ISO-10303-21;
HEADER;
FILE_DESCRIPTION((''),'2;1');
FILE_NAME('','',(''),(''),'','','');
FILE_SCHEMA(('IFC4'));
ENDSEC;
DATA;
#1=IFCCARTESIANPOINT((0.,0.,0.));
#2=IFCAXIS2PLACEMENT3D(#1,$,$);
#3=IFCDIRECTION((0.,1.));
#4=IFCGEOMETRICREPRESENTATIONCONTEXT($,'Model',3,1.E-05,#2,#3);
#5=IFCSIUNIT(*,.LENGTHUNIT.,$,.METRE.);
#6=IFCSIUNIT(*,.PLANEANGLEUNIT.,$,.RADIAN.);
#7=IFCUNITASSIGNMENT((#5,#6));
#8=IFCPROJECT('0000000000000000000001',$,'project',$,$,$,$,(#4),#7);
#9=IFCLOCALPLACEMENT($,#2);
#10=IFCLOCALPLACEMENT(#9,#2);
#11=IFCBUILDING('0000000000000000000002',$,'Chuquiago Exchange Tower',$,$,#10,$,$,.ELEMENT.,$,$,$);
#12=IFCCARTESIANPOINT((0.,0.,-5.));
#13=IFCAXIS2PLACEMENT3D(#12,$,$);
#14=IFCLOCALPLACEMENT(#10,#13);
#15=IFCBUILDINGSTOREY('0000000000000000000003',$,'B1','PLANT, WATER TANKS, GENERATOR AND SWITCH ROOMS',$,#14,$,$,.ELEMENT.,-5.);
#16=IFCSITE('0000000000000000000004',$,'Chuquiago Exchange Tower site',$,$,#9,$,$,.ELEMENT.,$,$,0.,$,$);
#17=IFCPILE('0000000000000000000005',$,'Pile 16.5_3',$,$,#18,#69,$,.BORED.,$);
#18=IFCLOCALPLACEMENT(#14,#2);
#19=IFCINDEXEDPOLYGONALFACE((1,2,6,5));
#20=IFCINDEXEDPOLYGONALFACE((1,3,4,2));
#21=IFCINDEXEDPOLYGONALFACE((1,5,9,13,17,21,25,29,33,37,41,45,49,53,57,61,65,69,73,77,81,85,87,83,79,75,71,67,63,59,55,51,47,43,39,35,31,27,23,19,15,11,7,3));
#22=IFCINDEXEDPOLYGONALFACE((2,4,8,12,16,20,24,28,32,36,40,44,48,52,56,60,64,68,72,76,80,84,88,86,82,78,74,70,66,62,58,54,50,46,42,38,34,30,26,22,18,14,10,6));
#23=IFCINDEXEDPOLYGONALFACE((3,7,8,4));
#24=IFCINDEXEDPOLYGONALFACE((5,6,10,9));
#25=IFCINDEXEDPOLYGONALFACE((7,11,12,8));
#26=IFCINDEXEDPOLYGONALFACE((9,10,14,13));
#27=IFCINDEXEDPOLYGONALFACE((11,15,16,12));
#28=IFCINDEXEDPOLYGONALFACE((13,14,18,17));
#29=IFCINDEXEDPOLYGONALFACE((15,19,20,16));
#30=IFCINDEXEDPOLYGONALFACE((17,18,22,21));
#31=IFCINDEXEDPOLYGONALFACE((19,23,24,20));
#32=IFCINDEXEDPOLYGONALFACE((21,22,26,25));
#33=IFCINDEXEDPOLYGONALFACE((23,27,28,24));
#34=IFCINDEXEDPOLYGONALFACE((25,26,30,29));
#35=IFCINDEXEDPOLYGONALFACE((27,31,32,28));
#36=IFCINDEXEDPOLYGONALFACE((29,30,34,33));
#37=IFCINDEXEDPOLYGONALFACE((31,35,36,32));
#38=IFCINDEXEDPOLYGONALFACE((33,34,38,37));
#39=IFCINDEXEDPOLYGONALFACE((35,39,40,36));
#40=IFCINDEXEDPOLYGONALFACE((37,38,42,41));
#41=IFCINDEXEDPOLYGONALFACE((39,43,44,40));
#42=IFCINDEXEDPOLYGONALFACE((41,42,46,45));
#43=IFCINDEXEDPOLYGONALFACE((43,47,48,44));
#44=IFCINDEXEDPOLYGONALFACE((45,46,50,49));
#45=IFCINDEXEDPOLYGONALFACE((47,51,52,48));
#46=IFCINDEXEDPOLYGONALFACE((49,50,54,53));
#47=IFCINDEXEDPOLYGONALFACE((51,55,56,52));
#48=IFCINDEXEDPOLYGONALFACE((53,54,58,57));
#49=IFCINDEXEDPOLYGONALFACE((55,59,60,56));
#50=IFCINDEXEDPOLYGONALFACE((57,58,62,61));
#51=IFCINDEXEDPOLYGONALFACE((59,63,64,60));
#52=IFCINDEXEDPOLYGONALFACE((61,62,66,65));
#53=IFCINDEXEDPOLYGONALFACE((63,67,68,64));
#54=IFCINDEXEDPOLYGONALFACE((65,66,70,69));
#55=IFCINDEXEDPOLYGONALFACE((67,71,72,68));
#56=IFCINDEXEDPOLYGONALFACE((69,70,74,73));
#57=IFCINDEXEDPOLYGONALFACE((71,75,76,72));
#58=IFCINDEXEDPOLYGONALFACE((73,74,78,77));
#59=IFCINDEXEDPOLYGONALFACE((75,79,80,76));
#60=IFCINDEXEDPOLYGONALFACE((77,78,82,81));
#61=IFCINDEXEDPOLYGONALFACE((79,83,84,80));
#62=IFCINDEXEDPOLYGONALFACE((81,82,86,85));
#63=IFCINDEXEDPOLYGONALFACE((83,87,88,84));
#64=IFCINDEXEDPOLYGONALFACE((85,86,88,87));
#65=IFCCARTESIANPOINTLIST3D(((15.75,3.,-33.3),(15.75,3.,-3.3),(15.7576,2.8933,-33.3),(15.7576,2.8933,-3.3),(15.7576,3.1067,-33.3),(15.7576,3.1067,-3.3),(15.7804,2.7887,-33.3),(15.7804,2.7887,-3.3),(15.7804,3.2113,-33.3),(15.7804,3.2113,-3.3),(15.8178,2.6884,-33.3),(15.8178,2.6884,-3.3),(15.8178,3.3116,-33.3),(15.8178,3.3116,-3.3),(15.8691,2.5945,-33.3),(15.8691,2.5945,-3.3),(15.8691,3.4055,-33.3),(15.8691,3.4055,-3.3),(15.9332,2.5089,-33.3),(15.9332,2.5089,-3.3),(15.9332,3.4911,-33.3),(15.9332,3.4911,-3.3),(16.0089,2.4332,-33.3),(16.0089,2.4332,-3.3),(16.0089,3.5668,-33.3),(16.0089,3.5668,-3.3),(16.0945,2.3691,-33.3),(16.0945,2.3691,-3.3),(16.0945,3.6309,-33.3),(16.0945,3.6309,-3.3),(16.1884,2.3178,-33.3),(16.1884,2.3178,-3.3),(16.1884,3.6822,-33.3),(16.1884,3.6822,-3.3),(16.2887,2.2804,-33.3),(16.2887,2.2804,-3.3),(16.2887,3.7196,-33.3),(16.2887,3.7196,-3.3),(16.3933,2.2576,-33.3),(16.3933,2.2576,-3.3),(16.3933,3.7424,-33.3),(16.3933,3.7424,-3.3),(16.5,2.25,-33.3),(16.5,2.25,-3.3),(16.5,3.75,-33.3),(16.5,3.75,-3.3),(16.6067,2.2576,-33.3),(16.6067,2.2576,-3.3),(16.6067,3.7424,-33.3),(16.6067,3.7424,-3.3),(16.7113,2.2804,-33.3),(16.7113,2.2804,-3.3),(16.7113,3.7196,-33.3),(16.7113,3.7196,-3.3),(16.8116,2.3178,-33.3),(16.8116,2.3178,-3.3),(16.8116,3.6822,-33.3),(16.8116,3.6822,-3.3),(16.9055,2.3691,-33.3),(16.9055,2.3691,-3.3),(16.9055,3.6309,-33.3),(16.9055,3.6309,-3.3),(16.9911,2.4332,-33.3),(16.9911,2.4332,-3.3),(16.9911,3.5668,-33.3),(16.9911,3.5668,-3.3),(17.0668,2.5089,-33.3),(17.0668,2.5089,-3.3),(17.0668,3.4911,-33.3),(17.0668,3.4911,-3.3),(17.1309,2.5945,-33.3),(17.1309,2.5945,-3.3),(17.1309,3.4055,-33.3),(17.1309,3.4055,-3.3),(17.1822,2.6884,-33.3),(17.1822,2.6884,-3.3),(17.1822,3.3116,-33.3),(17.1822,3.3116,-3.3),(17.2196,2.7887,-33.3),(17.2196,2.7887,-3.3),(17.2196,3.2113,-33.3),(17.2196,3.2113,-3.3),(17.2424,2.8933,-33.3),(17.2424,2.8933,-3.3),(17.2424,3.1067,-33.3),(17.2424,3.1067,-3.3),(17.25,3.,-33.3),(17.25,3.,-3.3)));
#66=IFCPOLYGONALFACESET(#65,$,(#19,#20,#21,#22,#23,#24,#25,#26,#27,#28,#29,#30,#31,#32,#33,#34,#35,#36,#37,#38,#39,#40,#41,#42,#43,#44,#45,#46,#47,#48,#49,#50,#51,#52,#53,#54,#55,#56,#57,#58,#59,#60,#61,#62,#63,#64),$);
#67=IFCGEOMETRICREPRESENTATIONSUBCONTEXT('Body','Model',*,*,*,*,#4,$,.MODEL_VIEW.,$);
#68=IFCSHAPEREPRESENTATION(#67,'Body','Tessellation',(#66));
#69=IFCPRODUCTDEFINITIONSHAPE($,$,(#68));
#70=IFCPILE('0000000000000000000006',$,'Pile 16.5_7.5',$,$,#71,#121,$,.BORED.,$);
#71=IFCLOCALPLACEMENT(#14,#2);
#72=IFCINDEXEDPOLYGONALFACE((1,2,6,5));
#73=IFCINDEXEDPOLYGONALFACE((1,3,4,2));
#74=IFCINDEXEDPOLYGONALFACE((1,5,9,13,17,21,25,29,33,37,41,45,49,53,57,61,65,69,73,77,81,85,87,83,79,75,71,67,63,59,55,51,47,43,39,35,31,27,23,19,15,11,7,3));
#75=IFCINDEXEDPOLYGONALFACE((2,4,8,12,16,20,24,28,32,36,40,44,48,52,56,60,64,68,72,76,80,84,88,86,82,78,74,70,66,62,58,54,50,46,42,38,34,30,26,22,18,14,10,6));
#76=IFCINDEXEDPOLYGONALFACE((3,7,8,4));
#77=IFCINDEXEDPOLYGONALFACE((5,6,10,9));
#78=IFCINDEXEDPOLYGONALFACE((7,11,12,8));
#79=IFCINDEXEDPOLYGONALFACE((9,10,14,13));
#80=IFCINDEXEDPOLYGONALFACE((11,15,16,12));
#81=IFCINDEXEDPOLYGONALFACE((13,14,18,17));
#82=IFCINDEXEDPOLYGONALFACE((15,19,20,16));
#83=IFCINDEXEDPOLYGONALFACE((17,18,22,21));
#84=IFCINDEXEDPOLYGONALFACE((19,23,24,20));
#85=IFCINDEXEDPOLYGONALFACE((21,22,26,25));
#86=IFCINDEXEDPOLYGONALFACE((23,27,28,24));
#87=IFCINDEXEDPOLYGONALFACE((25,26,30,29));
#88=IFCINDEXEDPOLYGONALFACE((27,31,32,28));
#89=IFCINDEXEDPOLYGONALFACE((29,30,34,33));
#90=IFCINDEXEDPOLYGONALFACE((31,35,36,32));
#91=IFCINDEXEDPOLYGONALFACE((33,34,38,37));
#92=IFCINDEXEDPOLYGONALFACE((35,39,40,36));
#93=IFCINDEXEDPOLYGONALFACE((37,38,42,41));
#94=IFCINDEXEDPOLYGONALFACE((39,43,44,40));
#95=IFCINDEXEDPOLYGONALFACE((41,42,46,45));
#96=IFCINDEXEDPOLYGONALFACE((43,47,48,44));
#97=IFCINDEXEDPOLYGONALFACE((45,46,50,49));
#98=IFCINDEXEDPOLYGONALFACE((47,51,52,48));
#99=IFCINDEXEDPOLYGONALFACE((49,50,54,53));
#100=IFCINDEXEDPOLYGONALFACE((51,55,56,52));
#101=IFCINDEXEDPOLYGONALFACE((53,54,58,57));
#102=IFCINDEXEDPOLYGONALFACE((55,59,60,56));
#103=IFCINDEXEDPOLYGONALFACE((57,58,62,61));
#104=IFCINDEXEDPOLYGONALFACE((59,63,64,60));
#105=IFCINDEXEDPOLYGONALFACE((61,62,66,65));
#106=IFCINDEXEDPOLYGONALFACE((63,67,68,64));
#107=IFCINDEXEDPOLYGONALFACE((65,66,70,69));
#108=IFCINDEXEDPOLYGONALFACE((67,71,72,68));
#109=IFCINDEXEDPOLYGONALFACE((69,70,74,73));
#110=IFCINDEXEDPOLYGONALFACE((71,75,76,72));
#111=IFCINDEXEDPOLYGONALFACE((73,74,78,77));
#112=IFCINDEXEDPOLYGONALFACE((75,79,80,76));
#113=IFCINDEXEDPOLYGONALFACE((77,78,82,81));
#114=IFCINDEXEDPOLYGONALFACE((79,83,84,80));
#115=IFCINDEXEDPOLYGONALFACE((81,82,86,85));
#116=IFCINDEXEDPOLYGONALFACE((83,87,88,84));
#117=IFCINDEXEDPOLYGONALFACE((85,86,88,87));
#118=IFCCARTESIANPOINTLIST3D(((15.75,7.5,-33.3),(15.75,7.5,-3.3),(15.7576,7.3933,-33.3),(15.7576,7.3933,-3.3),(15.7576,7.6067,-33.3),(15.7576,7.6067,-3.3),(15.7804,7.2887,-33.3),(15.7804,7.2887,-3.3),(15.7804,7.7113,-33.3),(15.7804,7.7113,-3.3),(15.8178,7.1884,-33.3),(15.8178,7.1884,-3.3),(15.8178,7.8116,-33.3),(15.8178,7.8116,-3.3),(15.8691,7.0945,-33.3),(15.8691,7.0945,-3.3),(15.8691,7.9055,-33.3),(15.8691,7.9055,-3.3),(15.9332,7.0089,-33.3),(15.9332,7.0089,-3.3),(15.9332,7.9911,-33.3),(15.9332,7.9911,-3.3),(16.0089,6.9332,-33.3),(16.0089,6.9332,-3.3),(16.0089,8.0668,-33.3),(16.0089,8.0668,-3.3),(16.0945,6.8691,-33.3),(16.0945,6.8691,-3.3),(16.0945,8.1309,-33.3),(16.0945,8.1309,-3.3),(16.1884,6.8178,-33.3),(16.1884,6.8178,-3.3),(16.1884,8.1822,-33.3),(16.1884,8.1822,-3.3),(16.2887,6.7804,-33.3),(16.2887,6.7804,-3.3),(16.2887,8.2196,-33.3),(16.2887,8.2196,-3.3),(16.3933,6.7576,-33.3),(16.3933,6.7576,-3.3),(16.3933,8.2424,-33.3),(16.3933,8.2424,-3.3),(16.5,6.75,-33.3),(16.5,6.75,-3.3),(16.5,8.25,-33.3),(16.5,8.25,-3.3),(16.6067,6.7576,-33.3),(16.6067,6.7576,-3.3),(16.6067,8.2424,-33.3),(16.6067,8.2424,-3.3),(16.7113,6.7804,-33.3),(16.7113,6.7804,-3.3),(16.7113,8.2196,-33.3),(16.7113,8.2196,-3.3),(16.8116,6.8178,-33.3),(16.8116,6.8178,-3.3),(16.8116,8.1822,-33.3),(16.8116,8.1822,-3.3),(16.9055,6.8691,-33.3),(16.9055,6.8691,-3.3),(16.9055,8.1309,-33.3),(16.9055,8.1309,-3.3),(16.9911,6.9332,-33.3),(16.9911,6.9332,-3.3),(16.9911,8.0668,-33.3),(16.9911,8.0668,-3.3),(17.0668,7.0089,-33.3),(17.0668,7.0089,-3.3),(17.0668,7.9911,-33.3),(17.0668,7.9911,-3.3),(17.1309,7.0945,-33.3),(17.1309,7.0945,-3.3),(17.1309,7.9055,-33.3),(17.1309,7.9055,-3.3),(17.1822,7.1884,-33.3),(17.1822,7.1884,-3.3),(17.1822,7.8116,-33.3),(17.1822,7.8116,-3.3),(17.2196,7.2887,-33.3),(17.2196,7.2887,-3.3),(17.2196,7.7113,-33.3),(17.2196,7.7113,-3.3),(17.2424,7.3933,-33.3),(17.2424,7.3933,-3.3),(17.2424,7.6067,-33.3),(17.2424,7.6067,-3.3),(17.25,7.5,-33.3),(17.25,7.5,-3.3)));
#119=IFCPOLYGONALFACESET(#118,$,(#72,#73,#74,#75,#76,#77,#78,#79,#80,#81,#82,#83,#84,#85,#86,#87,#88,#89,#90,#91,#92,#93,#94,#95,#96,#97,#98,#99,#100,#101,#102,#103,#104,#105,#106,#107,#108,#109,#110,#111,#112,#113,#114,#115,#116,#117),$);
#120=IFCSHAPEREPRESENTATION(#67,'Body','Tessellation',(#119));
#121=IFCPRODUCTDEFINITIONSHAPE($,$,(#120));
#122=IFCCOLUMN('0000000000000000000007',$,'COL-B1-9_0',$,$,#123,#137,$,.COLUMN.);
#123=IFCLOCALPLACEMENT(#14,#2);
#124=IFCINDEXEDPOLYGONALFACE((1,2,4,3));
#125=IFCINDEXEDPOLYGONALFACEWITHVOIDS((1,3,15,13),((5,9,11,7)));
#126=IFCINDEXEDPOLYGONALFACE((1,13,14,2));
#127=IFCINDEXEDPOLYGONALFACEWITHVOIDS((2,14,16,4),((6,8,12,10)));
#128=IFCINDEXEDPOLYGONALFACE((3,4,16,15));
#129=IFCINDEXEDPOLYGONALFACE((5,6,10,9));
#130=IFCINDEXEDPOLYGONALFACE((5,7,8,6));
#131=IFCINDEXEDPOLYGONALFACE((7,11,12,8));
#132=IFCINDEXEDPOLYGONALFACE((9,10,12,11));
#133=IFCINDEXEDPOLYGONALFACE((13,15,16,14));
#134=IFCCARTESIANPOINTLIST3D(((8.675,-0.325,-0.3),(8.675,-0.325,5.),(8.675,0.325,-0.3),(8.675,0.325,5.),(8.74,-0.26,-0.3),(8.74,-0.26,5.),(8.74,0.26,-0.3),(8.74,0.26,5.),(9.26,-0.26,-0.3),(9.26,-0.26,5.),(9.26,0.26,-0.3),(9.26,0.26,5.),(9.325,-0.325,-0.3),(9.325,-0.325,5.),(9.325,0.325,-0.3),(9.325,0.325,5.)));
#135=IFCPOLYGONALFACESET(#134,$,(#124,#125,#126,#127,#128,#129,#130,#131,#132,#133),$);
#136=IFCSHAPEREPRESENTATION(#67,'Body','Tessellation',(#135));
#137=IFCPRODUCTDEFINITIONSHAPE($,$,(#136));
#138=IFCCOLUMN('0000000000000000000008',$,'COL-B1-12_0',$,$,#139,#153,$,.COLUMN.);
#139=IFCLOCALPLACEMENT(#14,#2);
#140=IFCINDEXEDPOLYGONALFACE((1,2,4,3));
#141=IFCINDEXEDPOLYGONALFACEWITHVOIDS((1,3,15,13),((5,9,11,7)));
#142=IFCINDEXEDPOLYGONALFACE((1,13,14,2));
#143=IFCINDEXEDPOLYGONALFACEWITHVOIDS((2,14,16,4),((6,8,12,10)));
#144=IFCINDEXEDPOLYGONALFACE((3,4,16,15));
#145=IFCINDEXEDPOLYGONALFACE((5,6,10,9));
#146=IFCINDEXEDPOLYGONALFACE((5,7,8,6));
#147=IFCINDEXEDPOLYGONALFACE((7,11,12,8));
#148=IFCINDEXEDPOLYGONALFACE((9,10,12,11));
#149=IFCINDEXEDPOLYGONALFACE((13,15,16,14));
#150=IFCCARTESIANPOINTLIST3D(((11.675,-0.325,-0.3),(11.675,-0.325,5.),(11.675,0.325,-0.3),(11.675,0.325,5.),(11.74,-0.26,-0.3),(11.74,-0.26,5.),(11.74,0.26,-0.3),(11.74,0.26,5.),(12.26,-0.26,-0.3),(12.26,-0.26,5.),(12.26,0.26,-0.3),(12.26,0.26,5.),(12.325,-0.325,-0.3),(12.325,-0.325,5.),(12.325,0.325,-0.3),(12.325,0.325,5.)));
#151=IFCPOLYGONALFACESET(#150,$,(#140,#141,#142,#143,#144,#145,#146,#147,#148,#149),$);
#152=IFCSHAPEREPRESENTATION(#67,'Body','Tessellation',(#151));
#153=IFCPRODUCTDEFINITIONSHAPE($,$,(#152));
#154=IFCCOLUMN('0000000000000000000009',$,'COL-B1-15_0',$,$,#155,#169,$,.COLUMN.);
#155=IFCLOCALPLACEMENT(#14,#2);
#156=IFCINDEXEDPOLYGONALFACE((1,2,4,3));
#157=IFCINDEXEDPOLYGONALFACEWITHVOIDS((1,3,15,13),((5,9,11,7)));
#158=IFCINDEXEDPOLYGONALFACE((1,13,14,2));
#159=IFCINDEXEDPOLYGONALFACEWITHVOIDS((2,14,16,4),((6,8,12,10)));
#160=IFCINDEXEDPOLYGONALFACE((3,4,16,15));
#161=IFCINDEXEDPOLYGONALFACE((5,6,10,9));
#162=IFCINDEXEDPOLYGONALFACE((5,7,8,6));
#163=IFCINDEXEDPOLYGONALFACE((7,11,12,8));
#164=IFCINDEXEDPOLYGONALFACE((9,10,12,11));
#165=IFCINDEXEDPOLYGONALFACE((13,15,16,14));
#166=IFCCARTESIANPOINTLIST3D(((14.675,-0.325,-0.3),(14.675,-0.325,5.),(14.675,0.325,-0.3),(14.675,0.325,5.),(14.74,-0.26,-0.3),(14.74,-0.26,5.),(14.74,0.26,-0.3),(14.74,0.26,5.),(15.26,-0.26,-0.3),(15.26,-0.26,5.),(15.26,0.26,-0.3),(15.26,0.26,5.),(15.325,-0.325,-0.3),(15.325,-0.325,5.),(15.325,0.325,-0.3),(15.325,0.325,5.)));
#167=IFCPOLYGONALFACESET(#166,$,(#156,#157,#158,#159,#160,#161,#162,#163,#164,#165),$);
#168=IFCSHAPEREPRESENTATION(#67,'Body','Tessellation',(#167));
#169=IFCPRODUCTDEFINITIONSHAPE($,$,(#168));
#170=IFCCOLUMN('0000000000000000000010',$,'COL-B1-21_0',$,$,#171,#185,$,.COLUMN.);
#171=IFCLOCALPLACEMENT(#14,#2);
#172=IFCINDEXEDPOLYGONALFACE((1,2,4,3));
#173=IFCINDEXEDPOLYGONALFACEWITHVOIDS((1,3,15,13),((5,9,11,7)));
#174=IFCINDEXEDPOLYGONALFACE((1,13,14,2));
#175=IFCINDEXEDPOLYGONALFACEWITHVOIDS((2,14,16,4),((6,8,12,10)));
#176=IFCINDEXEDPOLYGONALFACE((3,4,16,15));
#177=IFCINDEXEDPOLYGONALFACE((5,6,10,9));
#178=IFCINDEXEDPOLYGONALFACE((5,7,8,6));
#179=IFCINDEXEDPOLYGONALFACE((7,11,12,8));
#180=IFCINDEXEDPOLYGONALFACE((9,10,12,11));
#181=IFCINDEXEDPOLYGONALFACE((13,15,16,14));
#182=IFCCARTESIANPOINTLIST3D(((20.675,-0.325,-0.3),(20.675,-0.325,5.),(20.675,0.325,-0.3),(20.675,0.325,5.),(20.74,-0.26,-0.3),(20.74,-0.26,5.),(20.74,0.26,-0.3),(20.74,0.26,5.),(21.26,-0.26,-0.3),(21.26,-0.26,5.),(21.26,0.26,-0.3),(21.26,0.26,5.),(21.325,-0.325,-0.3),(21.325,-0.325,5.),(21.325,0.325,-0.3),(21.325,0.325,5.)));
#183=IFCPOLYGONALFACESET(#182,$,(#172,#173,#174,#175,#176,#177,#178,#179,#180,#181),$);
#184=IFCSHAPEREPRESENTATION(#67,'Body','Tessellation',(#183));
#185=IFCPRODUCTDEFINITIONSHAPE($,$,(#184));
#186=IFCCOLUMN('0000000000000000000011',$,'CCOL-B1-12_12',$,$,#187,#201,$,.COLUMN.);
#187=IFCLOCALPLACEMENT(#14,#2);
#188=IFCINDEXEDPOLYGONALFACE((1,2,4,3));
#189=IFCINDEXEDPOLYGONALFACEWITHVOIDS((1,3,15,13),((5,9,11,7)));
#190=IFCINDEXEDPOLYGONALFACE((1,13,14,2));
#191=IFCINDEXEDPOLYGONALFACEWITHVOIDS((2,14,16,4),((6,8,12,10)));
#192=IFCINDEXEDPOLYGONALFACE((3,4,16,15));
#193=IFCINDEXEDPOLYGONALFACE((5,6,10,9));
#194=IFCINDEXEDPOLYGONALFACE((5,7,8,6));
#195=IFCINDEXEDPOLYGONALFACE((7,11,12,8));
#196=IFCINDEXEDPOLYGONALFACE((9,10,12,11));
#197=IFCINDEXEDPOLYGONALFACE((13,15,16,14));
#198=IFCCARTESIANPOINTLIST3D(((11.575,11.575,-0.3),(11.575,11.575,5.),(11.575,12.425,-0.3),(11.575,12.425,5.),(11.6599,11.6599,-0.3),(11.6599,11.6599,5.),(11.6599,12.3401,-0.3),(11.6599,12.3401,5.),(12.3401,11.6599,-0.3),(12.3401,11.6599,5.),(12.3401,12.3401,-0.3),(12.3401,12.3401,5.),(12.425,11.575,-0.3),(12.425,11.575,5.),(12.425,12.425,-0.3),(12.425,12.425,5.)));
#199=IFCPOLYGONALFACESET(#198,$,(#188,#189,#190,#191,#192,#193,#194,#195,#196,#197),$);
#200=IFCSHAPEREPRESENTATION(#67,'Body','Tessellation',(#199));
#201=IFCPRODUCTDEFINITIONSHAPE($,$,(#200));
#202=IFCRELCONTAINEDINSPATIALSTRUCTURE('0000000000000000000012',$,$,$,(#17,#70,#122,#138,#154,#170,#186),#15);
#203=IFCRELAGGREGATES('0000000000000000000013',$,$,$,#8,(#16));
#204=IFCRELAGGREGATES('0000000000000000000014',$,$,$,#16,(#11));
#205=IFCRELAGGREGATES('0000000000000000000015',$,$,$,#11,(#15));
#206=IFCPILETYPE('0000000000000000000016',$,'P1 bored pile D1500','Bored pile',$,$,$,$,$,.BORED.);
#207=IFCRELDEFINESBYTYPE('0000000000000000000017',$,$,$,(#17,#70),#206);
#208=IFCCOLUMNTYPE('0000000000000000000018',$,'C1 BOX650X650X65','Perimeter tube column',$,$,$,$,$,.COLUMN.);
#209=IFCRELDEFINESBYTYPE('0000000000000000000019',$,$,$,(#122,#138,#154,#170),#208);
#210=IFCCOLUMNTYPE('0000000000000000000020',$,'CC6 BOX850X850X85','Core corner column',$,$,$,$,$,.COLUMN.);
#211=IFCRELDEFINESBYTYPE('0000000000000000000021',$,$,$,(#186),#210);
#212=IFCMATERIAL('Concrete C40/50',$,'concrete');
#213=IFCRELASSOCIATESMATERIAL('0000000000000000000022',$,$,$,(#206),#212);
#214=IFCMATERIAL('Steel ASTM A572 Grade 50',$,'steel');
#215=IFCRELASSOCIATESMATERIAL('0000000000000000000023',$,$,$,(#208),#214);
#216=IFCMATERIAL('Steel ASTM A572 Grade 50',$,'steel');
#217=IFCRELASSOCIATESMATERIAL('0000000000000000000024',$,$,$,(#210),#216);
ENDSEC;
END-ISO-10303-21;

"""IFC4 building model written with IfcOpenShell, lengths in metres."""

from ifc_helpers import new_model, si_unit, direction, frame, origin, origin_2d, place, context, subcontext, project, spatial, hollow_rectangle, circle, extrude, material, material_profile, profile_set, type_object, element, save


model = new_model("IFC4")

# Units and contexts
model_context = context("Model", 3, precision=1e-05, world=origin(), true_north=direction((0.0, 1.0)))
body_context = subcontext(model_context, "Body", "Model", "MODEL_VIEW")
ifc_project = project(units=[si_unit("LENGTHUNIT", "METRE"), si_unit("PLANEANGLEUNIT", "RADIAN")], contexts=[model_context])

# Site, building, storey
site_placement = place(None, origin())
site = spatial("IfcSite", under=ifc_project, at=site_placement, Name="Chuquiago Exchange Tower site", CompositionType="ELEMENT", RefElevation=0.0)
building_placement = place(site_placement, origin())
building = spatial("IfcBuilding", under=site, at=building_placement, Name="Chuquiago Exchange Tower", CompositionType="ELEMENT")
storey_placement = place(building_placement, frame((0.0, 0.0, -5.0)))
storey = spatial("IfcBuildingStorey", under=building, at=storey_placement, Name="B1", Description="PLANT, WATER TANKS, GENERATOR AND SWITCH ROOMS", CompositionType="ELEMENT", Elevation=-5.0)

# Piles
ifc_material_1 = material(Name="Concrete C40/50", Category="concrete")
ifc_material_profile_1 = material_profile(ifc_material_1, circle(Radius=0.75, at=origin_2d()), Name="D1500")
ifc_profile_set_1 = profile_set([ifc_material_profile_1], Name="Concrete C40/50")
pile_type = type_object("IfcPileType", Name="P1 bored pile D1500", Description="Bored pile", PredefinedType="BORED", material=ifc_profile_set_1)
for number, where, z_axis, x_axis, name in (
    (1, (16.5, 3.0, -3.3), (0.0, 0.0, -1.0), (1.0, 0.0, 0.0), "Pile 16.5_3"),
    (2, (16.5, 7.5, -3.3), (0.0, 0.0, -1.0), (1.0, 0.0, 0.0), "Pile 16.5_7.5"),
):
    element("IfcPile", number, at=place(storey_placement, frame(where, z_axis=z_axis, x_axis=x_axis)), inside=storey, type_object=pile_type, Name=name, PredefinedType="BORED", context=body_context, shape_type="SweptSolid", body=[
        extrude(circle(Radius=0.75, at=origin_2d()), origin(), (0.0, 0.0, 1.0), 30.0),
    ])

# Columns
ifc_material_2 = material(Name="Steel ASTM A572 Grade 50", Category="steel")
ifc_material_profile_2 = material_profile(ifc_material_2, hollow_rectangle(XDim=0.6499, YDim=0.6499, WallThickness=0.0649, at=origin_2d()), Name="BOX650X650X65")
ifc_profile_set_2 = profile_set([ifc_material_profile_2], Name="Steel ASTM A572 Grade 50")
column_type_1 = type_object("IfcColumnType", Name="C1 BOX650X650X65", Description="Perimeter tube column", PredefinedType="COLUMN", material=ifc_profile_set_2)
for number, where, z_axis, x_axis, name in (
    (3, (9.0, 0.0, -0.3), (0.0, 0.0, 1.0), (0.0, -1.0, 0.0), "COL-B1-9_0"),
    (4, (12.0, 0.0, -0.3), (0.0, 0.0, 1.0), (0.0, -1.0, 0.0), "COL-B1-12_0"),
    (5, (15.0, 0.0, -0.3), (0.0, 0.0, 1.0), (0.0, -1.0, 0.0), "COL-B1-15_0"),
    (6, (21.0, 0.0, -0.3), (0.0, 0.0, 1.0), (0.0, -1.0, 0.0), "COL-B1-21_0"),
):
    element("IfcColumn", number, at=place(storey_placement, frame(where, z_axis=z_axis, x_axis=x_axis)), inside=storey, type_object=column_type_1, Name=name, PredefinedType="COLUMN", context=body_context, shape_type="SweptSolid", body=[
        extrude(hollow_rectangle(XDim=0.6499, YDim=0.6499, WallThickness=0.0649, at=origin_2d()), origin(), (0.0, 0.0, 1.0), 5.3),
    ])
ifc_material_3 = material(Name="Steel ASTM A572 Grade 50", Category="steel")
ifc_material_profile_3 = material_profile(ifc_material_3, hollow_rectangle(XDim=0.8501, YDim=0.8501, WallThickness=0.085, at=origin_2d()), Name="BOX850X850X85")
ifc_profile_set_3 = profile_set([ifc_material_profile_3], Name="Steel ASTM A572 Grade 50")
column_type_2 = type_object("IfcColumnType", Name="CC6 BOX850X850X85", Description="Core corner column", PredefinedType="COLUMN", material=ifc_profile_set_3)
column_1_placement = place(storey_placement, frame((12.0, 12.0, -0.3), z_axis=(0.0, 0.0, 1.0), x_axis=(1.0, 0.0, 0.0)))
element("IfcColumn", 7, at=column_1_placement, inside=storey, type_object=column_type_2, Name="CCOL-B1-12_12", PredefinedType="COLUMN", context=body_context, shape_type="SweptSolid", body=[
    extrude(hollow_rectangle(XDim=0.8501, YDim=0.8501, WallThickness=0.085, at=origin_2d()), origin(), (0.0, 0.0, 1.0), 5.3),
])

save(model, "model.ifc")
